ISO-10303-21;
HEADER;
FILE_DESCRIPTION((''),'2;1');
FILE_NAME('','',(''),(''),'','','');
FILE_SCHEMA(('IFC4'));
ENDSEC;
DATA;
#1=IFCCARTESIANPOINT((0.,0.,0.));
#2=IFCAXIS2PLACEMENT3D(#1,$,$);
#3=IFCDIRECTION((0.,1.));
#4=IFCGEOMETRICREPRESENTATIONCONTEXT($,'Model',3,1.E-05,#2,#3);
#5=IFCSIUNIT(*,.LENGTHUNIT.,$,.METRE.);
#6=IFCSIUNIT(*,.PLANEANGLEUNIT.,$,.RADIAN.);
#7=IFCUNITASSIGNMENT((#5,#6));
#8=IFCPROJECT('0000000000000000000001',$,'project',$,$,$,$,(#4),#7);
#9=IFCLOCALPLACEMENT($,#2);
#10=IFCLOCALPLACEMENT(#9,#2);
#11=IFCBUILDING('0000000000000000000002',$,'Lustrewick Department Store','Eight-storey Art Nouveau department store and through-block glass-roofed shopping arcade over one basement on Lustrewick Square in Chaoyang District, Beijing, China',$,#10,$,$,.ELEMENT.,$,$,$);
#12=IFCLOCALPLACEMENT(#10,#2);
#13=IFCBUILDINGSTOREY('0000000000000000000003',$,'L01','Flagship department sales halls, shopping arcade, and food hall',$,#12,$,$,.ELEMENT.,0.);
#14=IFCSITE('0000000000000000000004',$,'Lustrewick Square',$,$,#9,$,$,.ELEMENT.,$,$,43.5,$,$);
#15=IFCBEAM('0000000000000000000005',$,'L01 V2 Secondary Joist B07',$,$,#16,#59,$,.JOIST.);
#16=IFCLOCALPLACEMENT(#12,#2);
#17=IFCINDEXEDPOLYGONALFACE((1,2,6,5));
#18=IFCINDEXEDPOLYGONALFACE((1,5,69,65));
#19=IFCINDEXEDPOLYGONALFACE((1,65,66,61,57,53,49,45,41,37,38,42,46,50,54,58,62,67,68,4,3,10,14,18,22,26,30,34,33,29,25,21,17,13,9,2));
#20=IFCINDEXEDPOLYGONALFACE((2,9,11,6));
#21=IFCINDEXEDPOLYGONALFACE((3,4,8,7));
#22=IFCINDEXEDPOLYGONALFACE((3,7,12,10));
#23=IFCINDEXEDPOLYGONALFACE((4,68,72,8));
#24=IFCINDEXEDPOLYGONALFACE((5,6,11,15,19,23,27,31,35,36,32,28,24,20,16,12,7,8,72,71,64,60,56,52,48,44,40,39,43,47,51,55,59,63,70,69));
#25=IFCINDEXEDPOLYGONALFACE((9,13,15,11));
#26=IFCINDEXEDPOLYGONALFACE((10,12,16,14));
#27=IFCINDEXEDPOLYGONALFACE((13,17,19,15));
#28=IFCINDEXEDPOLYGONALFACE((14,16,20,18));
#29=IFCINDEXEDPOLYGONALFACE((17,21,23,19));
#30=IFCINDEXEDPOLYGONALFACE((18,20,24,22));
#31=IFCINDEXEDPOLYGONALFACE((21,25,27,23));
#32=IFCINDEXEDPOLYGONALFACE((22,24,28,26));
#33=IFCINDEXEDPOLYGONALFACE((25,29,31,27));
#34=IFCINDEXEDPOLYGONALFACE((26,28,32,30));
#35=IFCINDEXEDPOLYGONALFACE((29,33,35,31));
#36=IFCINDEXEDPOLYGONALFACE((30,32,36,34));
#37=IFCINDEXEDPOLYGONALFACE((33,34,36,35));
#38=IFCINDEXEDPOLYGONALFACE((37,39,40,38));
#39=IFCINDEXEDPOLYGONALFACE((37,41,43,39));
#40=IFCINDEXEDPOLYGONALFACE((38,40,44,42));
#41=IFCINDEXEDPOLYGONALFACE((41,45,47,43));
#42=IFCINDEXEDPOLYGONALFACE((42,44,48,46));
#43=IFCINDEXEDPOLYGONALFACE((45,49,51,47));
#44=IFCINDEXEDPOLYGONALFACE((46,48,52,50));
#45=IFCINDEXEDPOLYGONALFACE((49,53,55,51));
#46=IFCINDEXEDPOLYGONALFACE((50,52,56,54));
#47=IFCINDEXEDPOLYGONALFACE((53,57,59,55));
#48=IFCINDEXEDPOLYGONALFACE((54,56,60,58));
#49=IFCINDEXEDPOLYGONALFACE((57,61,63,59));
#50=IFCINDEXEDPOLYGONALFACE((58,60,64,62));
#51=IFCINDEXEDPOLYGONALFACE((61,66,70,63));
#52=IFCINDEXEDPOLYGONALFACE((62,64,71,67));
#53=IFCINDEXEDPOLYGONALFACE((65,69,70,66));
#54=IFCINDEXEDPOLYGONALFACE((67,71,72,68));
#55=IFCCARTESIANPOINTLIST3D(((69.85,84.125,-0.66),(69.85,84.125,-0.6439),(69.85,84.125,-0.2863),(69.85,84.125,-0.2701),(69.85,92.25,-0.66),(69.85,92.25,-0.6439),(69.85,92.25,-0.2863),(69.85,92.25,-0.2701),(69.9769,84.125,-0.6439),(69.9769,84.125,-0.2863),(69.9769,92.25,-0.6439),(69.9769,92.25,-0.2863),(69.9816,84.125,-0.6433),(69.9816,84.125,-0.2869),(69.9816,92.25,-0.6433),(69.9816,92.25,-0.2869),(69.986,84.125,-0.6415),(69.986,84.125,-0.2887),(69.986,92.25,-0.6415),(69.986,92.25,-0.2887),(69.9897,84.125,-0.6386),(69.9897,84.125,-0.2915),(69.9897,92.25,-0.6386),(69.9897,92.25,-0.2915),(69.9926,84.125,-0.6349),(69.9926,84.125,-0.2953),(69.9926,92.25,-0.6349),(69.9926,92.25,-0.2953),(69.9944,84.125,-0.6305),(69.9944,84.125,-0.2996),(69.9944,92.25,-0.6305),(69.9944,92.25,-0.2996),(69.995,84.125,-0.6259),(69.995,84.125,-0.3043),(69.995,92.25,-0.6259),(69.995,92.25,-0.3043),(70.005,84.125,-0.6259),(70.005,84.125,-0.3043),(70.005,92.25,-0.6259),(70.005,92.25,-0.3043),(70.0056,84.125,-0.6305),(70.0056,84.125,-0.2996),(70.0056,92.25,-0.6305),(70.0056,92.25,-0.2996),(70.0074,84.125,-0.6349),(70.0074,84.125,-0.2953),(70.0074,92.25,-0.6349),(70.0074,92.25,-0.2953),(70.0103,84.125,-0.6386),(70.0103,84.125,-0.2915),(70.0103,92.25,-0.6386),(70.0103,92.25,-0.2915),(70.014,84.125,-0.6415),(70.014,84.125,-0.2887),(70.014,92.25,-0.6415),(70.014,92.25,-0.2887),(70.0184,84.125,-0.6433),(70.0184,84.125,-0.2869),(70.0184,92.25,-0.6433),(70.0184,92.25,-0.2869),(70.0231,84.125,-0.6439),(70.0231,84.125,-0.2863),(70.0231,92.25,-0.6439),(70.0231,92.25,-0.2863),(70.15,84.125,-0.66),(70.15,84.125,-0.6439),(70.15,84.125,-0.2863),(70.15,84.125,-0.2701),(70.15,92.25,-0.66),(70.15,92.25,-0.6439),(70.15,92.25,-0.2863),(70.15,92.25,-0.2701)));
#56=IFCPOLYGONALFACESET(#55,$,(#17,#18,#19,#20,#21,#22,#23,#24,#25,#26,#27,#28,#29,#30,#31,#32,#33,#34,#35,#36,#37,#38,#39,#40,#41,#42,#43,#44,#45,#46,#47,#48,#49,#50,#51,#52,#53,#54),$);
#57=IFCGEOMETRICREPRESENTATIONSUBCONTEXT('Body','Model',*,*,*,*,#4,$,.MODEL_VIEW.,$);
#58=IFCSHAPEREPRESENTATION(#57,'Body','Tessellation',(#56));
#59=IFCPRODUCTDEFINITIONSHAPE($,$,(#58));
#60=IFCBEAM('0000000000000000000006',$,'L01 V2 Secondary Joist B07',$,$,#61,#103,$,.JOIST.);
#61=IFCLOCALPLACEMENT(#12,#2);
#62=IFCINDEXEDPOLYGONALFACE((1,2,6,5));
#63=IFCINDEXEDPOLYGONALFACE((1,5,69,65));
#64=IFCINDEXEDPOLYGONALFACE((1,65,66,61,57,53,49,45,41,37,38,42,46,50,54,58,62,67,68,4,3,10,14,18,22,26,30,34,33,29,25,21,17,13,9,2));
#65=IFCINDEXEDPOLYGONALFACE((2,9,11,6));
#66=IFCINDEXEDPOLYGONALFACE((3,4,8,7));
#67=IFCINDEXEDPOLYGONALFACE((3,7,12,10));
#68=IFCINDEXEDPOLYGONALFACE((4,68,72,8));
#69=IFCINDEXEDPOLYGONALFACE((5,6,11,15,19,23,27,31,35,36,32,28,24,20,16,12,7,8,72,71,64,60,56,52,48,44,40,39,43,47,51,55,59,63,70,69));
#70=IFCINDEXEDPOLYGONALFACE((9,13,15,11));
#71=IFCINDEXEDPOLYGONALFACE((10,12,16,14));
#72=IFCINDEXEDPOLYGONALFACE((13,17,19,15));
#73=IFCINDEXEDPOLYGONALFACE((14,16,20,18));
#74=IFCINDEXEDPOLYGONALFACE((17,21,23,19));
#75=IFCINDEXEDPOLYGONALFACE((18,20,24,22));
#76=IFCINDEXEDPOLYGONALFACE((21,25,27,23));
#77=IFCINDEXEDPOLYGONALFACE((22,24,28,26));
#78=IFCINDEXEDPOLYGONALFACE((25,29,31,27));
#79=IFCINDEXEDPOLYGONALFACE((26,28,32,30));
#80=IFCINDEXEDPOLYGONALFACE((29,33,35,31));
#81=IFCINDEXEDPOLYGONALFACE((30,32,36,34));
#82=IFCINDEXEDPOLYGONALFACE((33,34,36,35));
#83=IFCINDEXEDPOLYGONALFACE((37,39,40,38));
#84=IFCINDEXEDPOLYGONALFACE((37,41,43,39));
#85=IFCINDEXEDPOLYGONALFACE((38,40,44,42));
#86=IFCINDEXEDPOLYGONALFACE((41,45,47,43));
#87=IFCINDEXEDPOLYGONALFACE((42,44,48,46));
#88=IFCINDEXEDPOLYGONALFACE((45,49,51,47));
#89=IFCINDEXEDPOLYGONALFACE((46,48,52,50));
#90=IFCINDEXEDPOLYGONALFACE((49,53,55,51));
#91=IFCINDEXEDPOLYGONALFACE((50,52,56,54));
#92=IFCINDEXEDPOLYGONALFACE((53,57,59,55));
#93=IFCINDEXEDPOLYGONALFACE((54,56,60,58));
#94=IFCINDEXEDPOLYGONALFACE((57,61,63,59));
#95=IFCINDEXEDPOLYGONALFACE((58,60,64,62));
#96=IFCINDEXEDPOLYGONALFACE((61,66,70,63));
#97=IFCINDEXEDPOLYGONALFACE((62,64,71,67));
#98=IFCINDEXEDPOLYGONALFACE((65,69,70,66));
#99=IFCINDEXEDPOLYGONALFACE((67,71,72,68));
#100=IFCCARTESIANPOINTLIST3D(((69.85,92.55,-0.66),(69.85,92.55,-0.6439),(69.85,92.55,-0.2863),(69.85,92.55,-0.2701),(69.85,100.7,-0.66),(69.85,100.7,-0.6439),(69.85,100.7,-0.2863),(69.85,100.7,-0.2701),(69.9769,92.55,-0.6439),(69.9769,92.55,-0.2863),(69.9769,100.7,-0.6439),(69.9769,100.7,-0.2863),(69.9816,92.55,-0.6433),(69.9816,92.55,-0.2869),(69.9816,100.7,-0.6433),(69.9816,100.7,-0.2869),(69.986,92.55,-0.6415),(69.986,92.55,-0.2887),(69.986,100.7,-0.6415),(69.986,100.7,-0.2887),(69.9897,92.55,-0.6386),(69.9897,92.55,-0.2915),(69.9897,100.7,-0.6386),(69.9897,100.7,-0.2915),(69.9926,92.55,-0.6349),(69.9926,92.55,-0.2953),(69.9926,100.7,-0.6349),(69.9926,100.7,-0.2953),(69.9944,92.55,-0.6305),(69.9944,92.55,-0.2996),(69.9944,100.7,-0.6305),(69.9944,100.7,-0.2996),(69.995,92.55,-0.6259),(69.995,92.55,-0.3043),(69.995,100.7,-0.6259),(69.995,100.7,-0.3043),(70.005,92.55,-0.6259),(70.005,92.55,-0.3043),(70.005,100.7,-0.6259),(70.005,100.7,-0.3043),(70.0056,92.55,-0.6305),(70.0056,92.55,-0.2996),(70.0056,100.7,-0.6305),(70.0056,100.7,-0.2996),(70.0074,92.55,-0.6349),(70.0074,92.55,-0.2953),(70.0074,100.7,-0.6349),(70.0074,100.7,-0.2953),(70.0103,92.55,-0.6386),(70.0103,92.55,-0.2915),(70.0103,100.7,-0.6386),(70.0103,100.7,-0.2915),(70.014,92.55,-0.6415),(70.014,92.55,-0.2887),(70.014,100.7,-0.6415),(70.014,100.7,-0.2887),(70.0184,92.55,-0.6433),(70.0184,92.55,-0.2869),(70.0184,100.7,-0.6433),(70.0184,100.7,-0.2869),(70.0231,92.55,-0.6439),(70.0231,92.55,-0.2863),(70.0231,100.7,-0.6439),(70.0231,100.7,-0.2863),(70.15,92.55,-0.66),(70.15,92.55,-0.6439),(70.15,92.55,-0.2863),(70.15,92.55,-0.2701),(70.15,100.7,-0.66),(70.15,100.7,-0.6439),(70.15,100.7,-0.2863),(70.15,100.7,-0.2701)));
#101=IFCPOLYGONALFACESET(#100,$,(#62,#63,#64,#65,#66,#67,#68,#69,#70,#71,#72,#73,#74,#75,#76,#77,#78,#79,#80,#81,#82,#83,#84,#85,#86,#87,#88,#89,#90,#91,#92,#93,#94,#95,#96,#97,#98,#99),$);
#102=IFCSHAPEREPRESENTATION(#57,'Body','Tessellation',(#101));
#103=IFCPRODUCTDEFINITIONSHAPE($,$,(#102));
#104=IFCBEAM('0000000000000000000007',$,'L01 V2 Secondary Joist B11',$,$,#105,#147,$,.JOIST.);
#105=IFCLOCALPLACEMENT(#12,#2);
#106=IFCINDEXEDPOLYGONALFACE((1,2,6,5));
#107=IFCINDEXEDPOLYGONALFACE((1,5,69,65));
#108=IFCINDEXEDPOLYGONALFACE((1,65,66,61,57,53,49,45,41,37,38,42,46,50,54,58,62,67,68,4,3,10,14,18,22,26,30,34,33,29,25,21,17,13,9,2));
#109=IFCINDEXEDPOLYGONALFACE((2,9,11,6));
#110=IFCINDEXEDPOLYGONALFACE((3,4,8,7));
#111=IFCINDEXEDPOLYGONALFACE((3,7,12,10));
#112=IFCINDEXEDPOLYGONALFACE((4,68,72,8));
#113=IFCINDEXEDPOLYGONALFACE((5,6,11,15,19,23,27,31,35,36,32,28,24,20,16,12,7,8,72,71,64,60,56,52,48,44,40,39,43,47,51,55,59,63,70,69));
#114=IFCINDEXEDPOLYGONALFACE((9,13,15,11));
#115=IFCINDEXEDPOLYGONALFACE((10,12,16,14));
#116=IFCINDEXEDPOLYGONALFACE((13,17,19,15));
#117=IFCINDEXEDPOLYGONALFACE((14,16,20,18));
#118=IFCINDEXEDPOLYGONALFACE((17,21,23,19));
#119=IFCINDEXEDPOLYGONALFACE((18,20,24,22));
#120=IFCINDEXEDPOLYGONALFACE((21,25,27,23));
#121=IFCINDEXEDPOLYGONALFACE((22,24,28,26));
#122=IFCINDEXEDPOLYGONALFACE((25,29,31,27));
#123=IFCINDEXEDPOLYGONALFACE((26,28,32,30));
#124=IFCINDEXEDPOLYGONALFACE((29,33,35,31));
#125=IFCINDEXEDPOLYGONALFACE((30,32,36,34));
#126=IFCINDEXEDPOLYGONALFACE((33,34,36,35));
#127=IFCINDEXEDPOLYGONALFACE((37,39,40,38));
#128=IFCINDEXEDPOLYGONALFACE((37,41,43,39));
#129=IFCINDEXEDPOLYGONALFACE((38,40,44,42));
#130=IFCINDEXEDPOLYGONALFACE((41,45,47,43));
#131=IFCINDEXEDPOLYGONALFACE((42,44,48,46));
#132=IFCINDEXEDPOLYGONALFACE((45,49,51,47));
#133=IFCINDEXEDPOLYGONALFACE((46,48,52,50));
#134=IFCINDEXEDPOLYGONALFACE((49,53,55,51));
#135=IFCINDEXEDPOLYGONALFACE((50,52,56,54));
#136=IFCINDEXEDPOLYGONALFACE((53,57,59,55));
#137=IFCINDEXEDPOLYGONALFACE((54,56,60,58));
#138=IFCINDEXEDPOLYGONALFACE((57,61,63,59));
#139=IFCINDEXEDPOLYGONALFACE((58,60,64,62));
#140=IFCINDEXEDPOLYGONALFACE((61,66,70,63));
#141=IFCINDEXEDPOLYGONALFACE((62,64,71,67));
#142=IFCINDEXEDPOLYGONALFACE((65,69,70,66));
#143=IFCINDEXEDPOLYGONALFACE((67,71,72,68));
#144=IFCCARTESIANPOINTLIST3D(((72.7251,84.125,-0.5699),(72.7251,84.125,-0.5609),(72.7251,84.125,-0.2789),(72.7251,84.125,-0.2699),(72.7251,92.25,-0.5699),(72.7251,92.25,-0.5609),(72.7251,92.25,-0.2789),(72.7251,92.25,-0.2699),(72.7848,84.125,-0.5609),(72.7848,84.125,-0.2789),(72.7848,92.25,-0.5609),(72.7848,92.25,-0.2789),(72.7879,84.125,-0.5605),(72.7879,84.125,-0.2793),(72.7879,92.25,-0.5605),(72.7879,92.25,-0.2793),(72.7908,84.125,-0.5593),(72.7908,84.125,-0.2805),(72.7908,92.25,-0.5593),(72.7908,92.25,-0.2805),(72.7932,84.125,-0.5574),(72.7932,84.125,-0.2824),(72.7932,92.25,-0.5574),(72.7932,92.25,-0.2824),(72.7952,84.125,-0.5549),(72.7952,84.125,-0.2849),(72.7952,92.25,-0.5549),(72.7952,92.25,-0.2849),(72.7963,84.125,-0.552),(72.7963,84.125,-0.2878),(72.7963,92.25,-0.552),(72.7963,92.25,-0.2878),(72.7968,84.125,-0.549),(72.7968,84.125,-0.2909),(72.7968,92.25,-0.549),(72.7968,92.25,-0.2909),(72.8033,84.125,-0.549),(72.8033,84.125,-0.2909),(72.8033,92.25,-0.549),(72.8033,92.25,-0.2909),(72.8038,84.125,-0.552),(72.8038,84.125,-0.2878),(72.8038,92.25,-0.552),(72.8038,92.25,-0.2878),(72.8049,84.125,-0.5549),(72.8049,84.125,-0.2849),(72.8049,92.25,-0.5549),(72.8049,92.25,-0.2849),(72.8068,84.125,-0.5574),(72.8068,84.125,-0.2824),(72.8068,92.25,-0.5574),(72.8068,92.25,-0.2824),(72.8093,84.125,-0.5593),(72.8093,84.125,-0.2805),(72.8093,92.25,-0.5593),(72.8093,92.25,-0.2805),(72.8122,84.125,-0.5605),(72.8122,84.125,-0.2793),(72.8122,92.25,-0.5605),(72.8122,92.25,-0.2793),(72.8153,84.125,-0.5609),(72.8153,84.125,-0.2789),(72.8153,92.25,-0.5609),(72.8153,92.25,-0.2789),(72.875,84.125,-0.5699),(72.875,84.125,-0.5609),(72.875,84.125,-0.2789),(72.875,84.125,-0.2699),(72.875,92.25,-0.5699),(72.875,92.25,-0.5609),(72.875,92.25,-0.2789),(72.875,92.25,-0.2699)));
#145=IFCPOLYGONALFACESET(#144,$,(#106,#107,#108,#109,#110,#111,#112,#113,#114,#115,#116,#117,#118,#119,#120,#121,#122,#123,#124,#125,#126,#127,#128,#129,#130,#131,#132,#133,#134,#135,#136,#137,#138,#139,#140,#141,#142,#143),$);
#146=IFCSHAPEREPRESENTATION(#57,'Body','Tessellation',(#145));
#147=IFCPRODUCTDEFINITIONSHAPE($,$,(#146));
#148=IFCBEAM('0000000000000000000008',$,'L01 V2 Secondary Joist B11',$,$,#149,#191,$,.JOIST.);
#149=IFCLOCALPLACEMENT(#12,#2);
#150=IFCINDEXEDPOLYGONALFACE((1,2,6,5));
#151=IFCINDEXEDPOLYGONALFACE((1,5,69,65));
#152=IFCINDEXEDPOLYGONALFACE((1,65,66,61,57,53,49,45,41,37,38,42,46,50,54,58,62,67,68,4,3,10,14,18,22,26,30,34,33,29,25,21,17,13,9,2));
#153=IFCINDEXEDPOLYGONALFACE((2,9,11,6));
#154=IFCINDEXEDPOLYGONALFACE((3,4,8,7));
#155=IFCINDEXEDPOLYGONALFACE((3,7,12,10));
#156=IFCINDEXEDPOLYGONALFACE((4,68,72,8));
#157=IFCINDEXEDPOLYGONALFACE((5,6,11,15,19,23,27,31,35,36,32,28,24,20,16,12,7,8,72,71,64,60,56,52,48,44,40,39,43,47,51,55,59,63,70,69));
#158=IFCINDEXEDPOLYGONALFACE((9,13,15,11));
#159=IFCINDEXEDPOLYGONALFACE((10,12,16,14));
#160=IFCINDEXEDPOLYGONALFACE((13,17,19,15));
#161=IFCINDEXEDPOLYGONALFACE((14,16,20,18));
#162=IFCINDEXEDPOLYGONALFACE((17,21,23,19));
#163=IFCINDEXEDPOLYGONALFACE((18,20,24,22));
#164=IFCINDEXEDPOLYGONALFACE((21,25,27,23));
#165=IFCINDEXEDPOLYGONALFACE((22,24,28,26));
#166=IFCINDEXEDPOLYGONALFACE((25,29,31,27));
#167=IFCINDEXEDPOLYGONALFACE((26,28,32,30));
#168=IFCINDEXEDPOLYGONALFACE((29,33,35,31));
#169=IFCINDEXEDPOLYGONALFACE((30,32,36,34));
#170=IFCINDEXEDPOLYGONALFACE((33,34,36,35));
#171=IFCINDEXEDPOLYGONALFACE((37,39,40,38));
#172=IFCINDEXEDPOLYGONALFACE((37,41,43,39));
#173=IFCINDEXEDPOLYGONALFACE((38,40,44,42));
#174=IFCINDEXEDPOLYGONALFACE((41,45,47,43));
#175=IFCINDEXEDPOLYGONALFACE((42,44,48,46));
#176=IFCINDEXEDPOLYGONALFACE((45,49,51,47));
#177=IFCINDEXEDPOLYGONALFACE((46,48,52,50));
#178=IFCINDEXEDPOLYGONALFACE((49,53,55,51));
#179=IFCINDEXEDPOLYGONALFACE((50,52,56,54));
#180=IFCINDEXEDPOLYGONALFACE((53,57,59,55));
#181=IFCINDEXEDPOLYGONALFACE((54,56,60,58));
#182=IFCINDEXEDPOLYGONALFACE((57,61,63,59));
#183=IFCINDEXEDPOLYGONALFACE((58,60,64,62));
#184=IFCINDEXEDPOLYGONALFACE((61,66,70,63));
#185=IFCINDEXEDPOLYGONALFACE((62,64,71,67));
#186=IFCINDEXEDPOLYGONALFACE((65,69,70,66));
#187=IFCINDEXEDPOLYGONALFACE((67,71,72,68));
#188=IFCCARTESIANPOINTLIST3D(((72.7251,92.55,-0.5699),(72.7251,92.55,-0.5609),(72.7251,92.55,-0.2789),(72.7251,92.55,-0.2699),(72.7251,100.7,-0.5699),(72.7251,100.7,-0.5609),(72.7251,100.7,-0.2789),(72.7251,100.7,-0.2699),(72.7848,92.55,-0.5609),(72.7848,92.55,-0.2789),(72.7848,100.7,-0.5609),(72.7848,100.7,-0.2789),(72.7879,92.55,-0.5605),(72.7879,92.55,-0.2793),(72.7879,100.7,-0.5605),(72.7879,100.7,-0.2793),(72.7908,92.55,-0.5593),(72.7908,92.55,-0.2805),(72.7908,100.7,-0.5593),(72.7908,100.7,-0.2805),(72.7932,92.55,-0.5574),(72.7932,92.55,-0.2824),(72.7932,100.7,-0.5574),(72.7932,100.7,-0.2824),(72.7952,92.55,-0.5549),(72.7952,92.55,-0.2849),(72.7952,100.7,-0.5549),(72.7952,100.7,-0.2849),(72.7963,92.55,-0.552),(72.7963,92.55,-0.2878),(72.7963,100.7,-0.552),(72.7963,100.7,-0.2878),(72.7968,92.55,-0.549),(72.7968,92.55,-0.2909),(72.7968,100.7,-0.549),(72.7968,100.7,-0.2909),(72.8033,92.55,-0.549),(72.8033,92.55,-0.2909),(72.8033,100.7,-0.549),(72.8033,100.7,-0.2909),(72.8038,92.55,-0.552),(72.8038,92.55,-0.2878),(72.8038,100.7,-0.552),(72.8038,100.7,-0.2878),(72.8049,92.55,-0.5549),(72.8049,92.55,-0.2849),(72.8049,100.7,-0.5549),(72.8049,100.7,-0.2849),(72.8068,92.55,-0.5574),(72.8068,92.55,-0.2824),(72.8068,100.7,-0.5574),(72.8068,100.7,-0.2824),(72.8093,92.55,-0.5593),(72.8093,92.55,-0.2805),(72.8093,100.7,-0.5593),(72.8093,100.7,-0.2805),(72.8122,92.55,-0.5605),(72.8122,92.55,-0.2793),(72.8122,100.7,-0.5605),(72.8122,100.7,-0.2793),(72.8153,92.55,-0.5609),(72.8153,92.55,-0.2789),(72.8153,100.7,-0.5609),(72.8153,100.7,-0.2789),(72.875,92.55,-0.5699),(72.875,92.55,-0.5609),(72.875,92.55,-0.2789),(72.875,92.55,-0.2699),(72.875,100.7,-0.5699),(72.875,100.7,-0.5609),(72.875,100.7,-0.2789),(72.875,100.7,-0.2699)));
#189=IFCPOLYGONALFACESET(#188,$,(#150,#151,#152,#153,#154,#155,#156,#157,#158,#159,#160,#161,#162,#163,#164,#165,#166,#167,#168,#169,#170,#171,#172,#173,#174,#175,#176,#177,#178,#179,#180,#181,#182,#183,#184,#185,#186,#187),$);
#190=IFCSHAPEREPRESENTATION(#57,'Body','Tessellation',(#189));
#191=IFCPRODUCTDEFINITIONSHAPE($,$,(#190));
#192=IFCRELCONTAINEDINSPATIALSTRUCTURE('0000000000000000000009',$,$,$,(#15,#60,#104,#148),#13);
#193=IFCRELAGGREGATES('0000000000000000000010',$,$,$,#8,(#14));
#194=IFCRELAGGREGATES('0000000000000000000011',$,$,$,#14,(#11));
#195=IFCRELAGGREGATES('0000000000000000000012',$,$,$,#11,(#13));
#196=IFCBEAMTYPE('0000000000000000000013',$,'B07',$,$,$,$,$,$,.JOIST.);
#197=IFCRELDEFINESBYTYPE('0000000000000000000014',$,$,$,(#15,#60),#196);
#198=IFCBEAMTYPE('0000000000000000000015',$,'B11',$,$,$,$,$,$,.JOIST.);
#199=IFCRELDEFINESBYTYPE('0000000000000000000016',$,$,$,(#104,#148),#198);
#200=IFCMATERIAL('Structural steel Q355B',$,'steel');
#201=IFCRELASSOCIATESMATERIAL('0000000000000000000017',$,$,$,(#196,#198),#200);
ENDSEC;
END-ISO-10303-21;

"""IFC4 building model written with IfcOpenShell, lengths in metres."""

from ifc_helpers import new_model, si_unit, direction, frame, origin, origin_2d, place, context, subcontext, project, spatial, i_section, extrude, material, material_profile, profile_set, type_object, element, save


model = new_model("IFC4")

# Units and contexts
model_context = context("Model", 3, precision=1e-05, world=origin(), true_north=direction((0.0, 1.0)))
body_context = subcontext(model_context, "Body", "Model", "MODEL_VIEW")
ifc_project = project(units=[si_unit("LENGTHUNIT", "METRE"), si_unit("PLANEANGLEUNIT", "RADIAN")], contexts=[model_context])

# Site, building, storey
site_placement = place(None, origin())
site = spatial("IfcSite", under=ifc_project, at=site_placement, Name="Lustrewick Square", CompositionType="ELEMENT", RefElevation=43.5)
building_placement = place(site_placement, origin())
building = spatial("IfcBuilding", under=site, at=building_placement, Name="Lustrewick Department Store", Description="Eight-storey Art Nouveau department store and through-block glass-roofed shopping arcade over one basement on Lustrewick Square in Chaoyang District, Beijing, China", CompositionType="ELEMENT")
storey_placement = place(building_placement, origin())
storey = spatial("IfcBuildingStorey", under=building, at=storey_placement, Name="L01", Description="Flagship department sales halls, shopping arcade, and food hall", CompositionType="ELEMENT", Elevation=0.0)

# Beams
ifc_material_1 = material(Name="Structural steel Q355B", Category="steel")
ifc_material_profile_1 = material_profile(ifc_material_1, i_section(OverallWidth=0.3, OverallDepth=0.3899, WebThickness=0.01, FlangeThickness=0.0161, FilletRadius=0.0181, at=origin_2d()), Name="HM 390x300x10x16")
ifc_profile_set_1 = profile_set([ifc_material_profile_1], Name="Structural steel Q355B")
beam_type_1 = type_object("IfcBeamType", Name="B07", PredefinedType="JOIST", material=ifc_profile_set_1)
beam_1_placement = place(storey_placement, frame((70.0, 84.125, -0.4651), z_axis=(0.0, 1.0, 0.0), x_axis=(-1.0, 0.0, 0.0)))
element("IfcBeam", 1, at=beam_1_placement, inside=storey, type_object=beam_type_1, Name="L01 V2 Secondary Joist B07", PredefinedType="JOIST", context=body_context, shape_type="SweptSolid", body=[
    extrude(i_section(OverallWidth=0.3, OverallDepth=0.3899, WebThickness=0.01, FlangeThickness=0.0161, FilletRadius=0.0181, at=origin_2d()), origin(), (0.0, 0.0, 1.0), 8.125),
])
beam_2_placement = place(storey_placement, frame((70.0, 92.55, -0.4651), z_axis=(0.0, 1.0, 0.0), x_axis=(-1.0, 0.0, 0.0)))
element("IfcBeam", 2, at=beam_2_placement, inside=storey, type_object=beam_type_1, Name="L01 V2 Secondary Joist B07", PredefinedType="JOIST", context=body_context, shape_type="SweptSolid", body=[
    extrude(i_section(OverallWidth=0.3, OverallDepth=0.3899, WebThickness=0.01, FlangeThickness=0.0161, FilletRadius=0.0181, at=origin_2d()), origin(), (0.0, 0.0, 1.0), 8.1499),
])
ifc_material_profile_2 = material_profile(ifc_material_1, i_section(OverallWidth=0.1499, OverallDepth=0.3, WebThickness=0.0066, FlangeThickness=0.009, FilletRadius=0.012, at=origin_2d()), Name="HN 300x150x6.5x9")
ifc_profile_set_2 = profile_set([ifc_material_profile_2], Name="Structural steel Q355B")
beam_type_2 = type_object("IfcBeamType", Name="B11", PredefinedType="JOIST", material=ifc_profile_set_2)
beam_3_placement = place(storey_placement, frame((72.8, 84.125, -0.4199), z_axis=(0.0, 1.0, 0.0), x_axis=(-1.0, 0.0, 0.0)))
element("IfcBeam", 3, at=beam_3_placement, inside=storey, type_object=beam_type_2, Name="L01 V2 Secondary Joist B11", PredefinedType="JOIST", context=body_context, shape_type="SweptSolid", body=[
    extrude(i_section(OverallWidth=0.1499, OverallDepth=0.3, WebThickness=0.0066, FlangeThickness=0.009, FilletRadius=0.012, at=origin_2d()), origin(), (0.0, 0.0, 1.0), 8.125),
])
beam_4_placement = place(storey_placement, frame((72.8, 92.55, -0.4199), z_axis=(0.0, 1.0, 0.0), x_axis=(-1.0, 0.0, 0.0)))
element("IfcBeam", 4, at=beam_4_placement, inside=storey, type_object=beam_type_2, Name="L01 V2 Secondary Joist B11", PredefinedType="JOIST", context=body_context, shape_type="SweptSolid", body=[
    extrude(i_section(OverallWidth=0.1499, OverallDepth=0.3, WebThickness=0.0066, FlangeThickness=0.009, FilletRadius=0.012, at=origin_2d()), origin(), (0.0, 0.0, 1.0), 8.1499),
])

save(model, "model.ifc")
